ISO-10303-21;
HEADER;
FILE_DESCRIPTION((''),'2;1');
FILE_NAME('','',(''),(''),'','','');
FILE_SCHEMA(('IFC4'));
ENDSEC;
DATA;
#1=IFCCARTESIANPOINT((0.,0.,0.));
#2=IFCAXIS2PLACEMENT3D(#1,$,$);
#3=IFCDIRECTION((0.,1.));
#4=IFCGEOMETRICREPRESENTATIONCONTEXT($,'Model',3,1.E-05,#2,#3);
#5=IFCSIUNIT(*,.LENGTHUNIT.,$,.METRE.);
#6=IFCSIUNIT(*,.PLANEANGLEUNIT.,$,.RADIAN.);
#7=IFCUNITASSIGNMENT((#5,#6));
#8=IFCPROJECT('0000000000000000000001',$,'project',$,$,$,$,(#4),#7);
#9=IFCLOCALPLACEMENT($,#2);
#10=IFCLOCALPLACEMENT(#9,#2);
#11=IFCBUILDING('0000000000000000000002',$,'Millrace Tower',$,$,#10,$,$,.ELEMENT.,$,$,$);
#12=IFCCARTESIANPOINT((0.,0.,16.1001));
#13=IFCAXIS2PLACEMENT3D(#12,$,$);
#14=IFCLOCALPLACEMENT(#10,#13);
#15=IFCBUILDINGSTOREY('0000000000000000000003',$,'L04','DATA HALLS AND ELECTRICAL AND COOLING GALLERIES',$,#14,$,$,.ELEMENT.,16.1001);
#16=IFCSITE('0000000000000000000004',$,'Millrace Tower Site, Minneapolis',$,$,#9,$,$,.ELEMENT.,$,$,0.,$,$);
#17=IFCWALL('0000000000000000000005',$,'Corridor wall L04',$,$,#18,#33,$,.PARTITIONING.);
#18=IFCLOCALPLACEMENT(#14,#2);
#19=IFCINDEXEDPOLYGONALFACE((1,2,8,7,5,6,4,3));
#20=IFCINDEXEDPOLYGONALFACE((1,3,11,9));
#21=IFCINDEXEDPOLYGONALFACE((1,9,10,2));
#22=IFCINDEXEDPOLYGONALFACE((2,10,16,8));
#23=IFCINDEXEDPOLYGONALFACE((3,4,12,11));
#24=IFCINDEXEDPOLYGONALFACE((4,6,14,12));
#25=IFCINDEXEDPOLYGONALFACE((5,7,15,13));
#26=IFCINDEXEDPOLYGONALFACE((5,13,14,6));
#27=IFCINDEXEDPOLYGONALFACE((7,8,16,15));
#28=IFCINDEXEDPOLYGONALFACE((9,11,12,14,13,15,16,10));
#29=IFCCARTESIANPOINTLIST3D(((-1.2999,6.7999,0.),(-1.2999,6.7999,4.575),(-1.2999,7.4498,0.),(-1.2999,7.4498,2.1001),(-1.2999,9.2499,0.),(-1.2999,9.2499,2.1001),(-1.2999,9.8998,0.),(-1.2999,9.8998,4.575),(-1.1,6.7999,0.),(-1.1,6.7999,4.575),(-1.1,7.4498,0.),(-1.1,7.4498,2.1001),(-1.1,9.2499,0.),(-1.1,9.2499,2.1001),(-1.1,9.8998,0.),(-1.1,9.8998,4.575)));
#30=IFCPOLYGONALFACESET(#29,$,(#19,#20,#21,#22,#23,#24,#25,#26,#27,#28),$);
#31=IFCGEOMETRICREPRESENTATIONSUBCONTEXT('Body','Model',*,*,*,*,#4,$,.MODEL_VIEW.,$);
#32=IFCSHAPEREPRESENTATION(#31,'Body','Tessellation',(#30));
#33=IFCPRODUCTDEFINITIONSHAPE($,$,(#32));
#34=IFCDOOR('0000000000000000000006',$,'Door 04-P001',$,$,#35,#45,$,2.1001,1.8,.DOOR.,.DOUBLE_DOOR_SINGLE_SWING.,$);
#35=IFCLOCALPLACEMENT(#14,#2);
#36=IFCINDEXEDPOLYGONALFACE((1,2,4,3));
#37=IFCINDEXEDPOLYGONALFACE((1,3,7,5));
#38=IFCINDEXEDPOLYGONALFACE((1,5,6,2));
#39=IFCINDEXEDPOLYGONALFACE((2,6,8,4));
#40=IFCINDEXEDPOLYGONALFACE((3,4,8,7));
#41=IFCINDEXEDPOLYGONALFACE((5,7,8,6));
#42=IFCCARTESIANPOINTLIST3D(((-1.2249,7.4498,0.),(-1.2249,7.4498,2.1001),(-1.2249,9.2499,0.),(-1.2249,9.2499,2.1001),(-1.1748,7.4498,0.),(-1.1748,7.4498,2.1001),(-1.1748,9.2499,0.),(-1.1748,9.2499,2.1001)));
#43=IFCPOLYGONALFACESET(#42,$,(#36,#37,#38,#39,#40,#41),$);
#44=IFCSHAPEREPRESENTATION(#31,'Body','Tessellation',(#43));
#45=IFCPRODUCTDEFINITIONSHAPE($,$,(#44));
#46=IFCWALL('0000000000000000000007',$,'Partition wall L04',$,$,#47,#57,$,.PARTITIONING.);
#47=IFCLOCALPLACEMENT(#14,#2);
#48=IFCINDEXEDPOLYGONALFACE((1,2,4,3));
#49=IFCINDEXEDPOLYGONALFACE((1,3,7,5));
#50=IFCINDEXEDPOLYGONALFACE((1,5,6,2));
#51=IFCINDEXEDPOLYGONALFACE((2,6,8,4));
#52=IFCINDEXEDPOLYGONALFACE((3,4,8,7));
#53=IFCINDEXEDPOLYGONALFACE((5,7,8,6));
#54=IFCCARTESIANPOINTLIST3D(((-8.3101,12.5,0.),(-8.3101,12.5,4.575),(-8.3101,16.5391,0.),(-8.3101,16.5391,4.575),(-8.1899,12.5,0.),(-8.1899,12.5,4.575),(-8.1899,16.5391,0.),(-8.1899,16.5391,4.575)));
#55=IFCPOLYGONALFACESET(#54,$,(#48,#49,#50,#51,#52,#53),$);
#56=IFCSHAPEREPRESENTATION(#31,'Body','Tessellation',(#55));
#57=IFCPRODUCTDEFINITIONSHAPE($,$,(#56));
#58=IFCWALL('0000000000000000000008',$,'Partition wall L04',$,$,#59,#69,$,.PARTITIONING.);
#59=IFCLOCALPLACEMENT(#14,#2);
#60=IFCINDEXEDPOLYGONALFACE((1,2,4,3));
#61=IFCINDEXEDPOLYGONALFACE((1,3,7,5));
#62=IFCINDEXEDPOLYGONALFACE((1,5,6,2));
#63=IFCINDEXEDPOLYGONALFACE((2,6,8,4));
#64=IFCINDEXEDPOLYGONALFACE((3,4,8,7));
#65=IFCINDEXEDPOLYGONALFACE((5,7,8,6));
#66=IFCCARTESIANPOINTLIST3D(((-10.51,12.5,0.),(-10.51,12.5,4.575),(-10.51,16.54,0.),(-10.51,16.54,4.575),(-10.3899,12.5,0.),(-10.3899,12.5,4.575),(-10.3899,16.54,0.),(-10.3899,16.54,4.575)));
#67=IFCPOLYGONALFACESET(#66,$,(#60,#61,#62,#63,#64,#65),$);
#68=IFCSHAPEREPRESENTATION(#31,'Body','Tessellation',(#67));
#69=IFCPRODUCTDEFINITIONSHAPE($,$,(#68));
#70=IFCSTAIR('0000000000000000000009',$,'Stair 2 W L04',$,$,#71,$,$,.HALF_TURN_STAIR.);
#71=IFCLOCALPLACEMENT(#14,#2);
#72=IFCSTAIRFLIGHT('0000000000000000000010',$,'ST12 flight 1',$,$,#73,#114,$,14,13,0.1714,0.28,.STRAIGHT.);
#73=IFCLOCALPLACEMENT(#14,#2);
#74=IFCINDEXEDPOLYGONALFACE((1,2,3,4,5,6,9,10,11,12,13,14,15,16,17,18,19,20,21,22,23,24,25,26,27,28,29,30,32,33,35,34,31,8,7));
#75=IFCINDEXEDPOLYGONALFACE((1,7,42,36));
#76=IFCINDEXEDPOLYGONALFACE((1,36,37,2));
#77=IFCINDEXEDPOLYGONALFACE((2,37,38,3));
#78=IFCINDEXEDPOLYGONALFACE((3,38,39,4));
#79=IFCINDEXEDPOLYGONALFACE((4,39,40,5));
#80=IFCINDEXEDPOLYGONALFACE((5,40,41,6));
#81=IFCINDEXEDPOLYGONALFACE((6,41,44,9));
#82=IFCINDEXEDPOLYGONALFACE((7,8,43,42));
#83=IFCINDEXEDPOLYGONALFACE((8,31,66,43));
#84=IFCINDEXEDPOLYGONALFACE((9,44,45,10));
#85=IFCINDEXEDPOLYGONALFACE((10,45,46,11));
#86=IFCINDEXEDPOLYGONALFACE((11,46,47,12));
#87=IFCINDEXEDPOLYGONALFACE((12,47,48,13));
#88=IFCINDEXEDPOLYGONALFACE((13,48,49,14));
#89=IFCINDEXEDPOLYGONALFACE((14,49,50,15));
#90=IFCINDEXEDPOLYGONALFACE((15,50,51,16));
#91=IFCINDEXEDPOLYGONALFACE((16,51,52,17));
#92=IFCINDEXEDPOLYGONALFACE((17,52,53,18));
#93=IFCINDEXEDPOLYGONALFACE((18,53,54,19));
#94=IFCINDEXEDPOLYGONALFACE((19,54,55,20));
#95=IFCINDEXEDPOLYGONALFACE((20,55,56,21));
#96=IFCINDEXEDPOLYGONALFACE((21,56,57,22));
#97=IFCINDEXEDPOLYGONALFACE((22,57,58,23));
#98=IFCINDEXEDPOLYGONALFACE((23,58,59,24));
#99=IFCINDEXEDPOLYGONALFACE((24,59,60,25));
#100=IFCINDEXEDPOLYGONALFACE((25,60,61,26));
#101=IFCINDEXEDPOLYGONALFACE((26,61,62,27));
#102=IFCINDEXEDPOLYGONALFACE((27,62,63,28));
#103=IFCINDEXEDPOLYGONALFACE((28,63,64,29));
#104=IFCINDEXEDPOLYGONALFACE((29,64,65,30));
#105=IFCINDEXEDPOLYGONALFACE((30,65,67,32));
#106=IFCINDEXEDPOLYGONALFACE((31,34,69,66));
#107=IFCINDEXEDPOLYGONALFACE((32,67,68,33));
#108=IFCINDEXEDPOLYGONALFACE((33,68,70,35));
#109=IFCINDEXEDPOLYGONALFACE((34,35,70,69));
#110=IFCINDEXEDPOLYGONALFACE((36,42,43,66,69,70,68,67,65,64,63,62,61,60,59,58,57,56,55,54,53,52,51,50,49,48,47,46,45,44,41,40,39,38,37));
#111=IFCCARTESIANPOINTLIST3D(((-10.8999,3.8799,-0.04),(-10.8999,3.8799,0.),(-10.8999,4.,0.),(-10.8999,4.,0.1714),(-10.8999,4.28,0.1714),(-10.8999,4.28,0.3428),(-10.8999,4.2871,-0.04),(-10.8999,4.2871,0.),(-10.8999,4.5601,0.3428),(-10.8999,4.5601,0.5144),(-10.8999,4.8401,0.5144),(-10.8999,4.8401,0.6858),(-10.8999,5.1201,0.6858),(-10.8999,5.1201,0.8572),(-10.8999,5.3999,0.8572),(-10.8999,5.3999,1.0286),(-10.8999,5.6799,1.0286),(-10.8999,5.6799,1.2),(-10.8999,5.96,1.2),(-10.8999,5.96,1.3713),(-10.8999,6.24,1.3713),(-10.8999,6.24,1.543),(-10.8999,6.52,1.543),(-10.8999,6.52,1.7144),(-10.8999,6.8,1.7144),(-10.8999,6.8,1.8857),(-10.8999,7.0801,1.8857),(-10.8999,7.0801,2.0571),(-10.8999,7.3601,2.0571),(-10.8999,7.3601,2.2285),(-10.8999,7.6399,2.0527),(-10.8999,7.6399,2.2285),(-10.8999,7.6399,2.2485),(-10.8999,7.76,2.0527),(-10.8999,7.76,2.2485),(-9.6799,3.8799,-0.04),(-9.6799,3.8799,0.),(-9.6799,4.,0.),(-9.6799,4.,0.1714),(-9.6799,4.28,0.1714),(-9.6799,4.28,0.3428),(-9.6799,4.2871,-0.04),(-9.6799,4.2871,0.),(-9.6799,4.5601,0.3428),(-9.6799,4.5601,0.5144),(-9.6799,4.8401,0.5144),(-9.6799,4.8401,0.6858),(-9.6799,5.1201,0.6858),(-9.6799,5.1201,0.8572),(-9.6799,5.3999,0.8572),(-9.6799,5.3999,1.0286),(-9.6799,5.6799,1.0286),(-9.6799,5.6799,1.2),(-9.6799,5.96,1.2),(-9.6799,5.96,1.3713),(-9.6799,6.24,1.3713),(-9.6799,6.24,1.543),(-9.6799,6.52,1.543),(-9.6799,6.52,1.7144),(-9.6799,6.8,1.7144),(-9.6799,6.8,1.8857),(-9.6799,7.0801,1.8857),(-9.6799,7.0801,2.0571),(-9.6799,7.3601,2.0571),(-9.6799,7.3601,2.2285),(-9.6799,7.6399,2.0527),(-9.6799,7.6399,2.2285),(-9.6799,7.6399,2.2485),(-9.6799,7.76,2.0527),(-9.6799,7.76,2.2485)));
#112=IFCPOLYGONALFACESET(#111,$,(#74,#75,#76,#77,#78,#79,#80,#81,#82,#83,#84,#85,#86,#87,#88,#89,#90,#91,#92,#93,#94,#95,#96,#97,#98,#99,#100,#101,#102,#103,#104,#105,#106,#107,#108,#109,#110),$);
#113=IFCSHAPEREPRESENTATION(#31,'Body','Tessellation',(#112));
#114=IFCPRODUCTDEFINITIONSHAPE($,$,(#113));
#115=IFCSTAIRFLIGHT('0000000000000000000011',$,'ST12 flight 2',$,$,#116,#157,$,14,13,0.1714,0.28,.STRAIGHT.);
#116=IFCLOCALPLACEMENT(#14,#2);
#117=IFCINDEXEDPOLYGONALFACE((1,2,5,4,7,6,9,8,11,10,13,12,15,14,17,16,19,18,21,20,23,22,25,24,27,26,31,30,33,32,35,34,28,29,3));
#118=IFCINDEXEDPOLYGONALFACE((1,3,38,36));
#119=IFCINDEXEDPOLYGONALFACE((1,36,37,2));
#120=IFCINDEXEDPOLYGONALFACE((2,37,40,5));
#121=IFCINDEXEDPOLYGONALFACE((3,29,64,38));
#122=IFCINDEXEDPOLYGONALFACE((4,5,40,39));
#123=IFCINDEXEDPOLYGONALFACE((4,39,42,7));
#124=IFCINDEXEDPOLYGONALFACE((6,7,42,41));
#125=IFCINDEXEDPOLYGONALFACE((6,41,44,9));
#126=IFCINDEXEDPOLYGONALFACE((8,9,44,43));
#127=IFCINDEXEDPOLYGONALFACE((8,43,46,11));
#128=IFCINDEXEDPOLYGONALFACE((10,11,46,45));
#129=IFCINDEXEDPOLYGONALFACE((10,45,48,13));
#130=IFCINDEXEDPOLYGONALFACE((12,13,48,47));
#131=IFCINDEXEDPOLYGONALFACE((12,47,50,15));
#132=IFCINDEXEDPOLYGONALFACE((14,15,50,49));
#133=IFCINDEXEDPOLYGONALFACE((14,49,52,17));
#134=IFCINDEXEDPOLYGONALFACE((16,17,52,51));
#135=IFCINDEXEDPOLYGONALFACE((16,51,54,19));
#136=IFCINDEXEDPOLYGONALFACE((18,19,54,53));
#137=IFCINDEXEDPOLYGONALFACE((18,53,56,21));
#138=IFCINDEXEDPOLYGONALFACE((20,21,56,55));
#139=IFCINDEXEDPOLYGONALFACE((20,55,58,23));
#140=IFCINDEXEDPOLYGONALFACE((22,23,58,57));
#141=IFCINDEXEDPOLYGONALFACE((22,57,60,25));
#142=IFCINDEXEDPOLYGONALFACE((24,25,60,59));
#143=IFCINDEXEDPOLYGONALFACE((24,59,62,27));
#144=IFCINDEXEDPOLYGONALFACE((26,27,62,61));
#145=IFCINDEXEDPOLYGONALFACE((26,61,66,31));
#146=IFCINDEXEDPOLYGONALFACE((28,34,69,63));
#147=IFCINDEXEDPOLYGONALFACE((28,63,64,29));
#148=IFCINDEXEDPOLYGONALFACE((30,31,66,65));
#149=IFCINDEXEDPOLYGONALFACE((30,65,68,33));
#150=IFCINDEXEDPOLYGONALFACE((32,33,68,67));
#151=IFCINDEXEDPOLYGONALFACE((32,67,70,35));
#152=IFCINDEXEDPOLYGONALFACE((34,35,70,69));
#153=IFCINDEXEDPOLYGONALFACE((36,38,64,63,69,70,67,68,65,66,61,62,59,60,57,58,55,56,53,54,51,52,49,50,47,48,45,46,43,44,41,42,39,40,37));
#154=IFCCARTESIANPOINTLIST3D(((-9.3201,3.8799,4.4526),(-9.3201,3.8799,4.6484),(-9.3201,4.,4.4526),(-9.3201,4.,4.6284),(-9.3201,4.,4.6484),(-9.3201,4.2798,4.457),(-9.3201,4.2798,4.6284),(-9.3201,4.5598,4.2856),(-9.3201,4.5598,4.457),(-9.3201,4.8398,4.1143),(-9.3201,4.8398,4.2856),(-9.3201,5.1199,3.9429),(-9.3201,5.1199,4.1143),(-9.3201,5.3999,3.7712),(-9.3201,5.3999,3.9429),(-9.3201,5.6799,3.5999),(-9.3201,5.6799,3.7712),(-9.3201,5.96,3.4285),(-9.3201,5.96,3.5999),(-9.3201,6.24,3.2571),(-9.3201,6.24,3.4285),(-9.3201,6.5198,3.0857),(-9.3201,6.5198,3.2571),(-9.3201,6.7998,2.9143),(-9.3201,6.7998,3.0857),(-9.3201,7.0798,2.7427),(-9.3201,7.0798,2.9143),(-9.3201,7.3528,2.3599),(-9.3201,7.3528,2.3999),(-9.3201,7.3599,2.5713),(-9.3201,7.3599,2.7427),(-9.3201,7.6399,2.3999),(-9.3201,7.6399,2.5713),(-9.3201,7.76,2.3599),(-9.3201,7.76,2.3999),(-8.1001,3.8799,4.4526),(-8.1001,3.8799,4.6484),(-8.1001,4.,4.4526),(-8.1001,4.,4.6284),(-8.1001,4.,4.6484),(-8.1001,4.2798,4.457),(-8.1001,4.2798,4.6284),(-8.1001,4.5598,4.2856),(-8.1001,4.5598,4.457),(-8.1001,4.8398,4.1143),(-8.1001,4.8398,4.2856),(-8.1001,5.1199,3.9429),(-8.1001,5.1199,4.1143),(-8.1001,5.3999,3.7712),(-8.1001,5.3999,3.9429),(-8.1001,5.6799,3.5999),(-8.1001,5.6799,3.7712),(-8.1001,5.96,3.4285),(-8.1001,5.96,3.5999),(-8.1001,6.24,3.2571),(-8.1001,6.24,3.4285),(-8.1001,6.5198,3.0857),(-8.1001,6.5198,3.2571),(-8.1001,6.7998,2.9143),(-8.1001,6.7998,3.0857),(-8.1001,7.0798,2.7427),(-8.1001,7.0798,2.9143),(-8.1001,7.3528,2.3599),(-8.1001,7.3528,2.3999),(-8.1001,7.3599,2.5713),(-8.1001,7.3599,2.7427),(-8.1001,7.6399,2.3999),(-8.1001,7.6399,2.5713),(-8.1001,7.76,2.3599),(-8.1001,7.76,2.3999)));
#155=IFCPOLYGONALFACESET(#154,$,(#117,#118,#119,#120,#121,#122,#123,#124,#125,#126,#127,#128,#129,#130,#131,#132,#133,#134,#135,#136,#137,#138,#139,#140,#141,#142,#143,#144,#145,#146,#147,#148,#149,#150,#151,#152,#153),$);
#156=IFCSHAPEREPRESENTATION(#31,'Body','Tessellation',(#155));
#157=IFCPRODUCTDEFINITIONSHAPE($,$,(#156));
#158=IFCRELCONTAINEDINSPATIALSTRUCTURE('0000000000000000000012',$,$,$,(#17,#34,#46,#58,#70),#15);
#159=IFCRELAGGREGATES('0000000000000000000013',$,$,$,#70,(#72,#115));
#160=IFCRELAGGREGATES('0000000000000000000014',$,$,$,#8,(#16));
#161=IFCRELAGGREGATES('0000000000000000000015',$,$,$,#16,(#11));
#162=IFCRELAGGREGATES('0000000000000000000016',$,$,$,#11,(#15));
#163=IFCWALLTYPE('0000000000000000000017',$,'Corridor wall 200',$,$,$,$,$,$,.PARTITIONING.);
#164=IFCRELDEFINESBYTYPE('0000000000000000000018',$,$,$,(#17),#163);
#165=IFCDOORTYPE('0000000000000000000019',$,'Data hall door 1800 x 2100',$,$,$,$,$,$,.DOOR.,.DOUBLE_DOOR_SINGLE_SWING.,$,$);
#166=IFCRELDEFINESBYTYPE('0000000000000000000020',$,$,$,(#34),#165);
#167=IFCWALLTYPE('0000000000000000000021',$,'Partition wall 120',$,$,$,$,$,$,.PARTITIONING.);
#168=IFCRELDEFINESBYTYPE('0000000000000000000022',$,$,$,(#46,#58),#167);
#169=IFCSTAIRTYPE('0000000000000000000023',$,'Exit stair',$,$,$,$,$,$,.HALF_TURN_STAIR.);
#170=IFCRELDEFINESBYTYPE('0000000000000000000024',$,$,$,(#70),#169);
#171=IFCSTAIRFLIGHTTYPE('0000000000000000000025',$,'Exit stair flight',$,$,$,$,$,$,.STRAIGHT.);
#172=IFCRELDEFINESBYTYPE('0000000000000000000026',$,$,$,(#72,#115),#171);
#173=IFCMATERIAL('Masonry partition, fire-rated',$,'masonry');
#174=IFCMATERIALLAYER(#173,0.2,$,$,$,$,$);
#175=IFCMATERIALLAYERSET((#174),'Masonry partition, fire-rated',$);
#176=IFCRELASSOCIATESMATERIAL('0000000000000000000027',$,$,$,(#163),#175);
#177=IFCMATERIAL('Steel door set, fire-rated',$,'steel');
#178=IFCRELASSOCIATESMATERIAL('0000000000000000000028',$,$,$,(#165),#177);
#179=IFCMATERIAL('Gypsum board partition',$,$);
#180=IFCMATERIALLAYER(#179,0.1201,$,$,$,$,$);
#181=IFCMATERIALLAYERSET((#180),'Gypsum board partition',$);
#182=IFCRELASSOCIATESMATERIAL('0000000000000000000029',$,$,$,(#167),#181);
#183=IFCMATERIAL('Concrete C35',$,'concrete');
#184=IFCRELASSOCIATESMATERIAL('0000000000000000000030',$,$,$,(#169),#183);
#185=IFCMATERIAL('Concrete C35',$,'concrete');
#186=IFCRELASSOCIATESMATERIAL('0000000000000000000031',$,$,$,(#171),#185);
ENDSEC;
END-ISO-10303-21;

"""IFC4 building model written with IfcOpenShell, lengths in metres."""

from ifc_helpers import new_model, si_unit, direction, frame, frame_2d, origin, place, context, subcontext, project, spatial, polyline, rectangle, outline, extrude, material, layer, layer_set, type_object, element, fill, aggregate, save


model = new_model("IFC4")

# Units and contexts
model_context = context("Model", 3, precision=1e-05, world=origin(), true_north=direction((0.0, 1.0)))
body_context = subcontext(model_context, "Body", "Model", "MODEL_VIEW")
ifc_project = project(units=[si_unit("LENGTHUNIT", "METRE"), si_unit("PLANEANGLEUNIT", "RADIAN")], contexts=[model_context])

# Site, building, storey
site_placement = place(None, origin())
site = spatial("IfcSite", under=ifc_project, at=site_placement, Name="Millrace Tower Site, Minneapolis", CompositionType="ELEMENT", RefElevation=0.0)
building_placement = place(site_placement, origin())
building = spatial("IfcBuilding", under=site, at=building_placement, Name="Millrace Tower", CompositionType="ELEMENT")
storey_placement = place(building_placement, frame((0.0, 0.0, 16.1001)))
storey = spatial("IfcBuildingStorey", under=building, at=storey_placement, Name="L04", Description="DATA HALLS AND ELECTRICAL AND COOLING GALLERIES", CompositionType="ELEMENT", Elevation=16.1001)

# Shared definitions
placement = place(storey_placement, origin())

# Shared definitions
ifc_material_1 = material(Name="Masonry partition, fire-rated", Category="masonry")
ifc_layer_1 = layer(ifc_material_1, 0.2)
ifc_layer_set_1 = layer_set([ifc_layer_1], Name="Masonry partition, fire-rated")
wall_type_1 = type_object("IfcWallType", Name="Corridor wall 200", PredefinedType="PARTITIONING", material=ifc_layer_set_1)

# Wall, opening, door
wall_1_placement = place(storey_placement, frame((-1.2, 6.8, 0.0), z_axis=(0.0, 0.0, 1.0), x_axis=(0.0, 1.0, 0.0)))
wall_1 = element("IfcWall", 1, at=wall_1_placement, inside=storey, type_object=wall_type_1, Name="Corridor wall L04", PredefinedType="PARTITIONING", context=body_context, shape_type="SweptSolid", body=[
    extrude(rectangle(XDim=3.0999, YDim=0.2, at=frame_2d((1.5498, 0.0))), origin(), (0.0, 0.0, 1.0), 4.575),
])
opening_placement = place(wall_1_placement, frame((0.6499, 0.0, 0.0)))
opening = element("IfcOpeningElement", 2, at=opening_placement, cuts=wall_1, PredefinedType="OPENING", context=body_context, shape_type="SweptSolid", body=[
    extrude(rectangle(XDim=1.8, YDim=2.1001, at=frame_2d((0.8999, 1.05))), frame((0.0, 0.1099, 0.0), z_axis=(0.0, -1.0, 0.0), x_axis=(1.0, 0.0, 0.0)), (0.0, 0.0, 1.0), 0.22),
])
ifc_material_2 = material(Name="Steel door set, fire-rated", Category="steel")
door_type = type_object("IfcDoorType", Name="Data hall door 1800 x 2100", OperationType="DOUBLE_DOOR_SINGLE_SWING", PredefinedType="DOOR", material=ifc_material_2)
door_placement = place(opening_placement, origin())
door = element("IfcDoor", 3, at=door_placement, inside=storey, type_object=door_type, Name="Door 04-P001", OperationType="DOUBLE_DOOR_SINGLE_SWING", OverallHeight=2.1001, OverallWidth=1.8, PredefinedType="DOOR", context=body_context, shape_type="SweptSolid", body=[
    extrude(rectangle(XDim=1.8, YDim=2.1001, at=frame_2d((0.8999, 1.05))), frame((0.0, 0.0249, 0.0), z_axis=(0.0, -1.0, 0.0), x_axis=(1.0, 0.0, 0.0)), (0.0, 0.0, 1.0), 0.05),
])
fill(opening, door)

# Walls
ifc_material_3 = material(Name="Gypsum board partition")
ifc_layer_2 = layer(ifc_material_3, 0.1201)
ifc_layer_set_2 = layer_set([ifc_layer_2], Name="Gypsum board partition")
wall_type_2 = type_object("IfcWallType", Name="Partition wall 120", PredefinedType="PARTITIONING", material=ifc_layer_set_2)
wall_2_placement = place(storey_placement, frame((-8.25, 12.5, 0.0), z_axis=(0.0, 0.0, 1.0), x_axis=(0.0, 1.0, 0.0)))
element("IfcWall", 4, at=wall_2_placement, inside=storey, type_object=wall_type_2, Name="Partition wall L04", PredefinedType="PARTITIONING", context=body_context, shape_type="SweptSolid", body=[
    extrude(rectangle(XDim=4.0391, YDim=0.1201, at=frame_2d((2.0195, 0.0))), origin(), (0.0, 0.0, 1.0), 4.575),
])
wall_3_placement = place(storey_placement, frame((-10.45, 12.5, 0.0), z_axis=(0.0, 0.0, 1.0), x_axis=(0.0, 1.0, 0.0)))
element("IfcWall", 5, at=wall_3_placement, inside=storey, type_object=wall_type_2, Name="Partition wall L04", PredefinedType="PARTITIONING", context=body_context, shape_type="SweptSolid", body=[
    extrude(rectangle(XDim=4.04, YDim=0.1201, at=frame_2d((2.02, 0.0))), origin(), (0.0, 0.0, 1.0), 4.575),
])

# Stair, stair flights
ifc_material_4 = material(Name="Concrete C35", Category="concrete")
stair_type = type_object("IfcStairType", Name="Exit stair", PredefinedType="HALF_TURN_STAIR", material=ifc_material_4)
stair_1 = element("IfcStair", 6, at=placement, inside=storey, type_object=stair_type, Name="Stair 2 W L04", PredefinedType="HALF_TURN_STAIR")
ifc_material_5 = material(Name="Concrete C35", Category="concrete")
stair_flight_type = type_object("IfcStairFlightType", Name="Exit stair flight", PredefinedType="STRAIGHT", material=ifc_material_5)
stair_flight_1_placement = place(storey_placement, frame((-10.29, 4.0, 0.0), z_axis=(0.0, 0.0, 1.0), x_axis=(0.0, 1.0, 0.0)))
stair_flight_1 = element("IfcStairFlight", 7, at=stair_flight_1_placement, type_object=stair_flight_type, Name="ST12 flight 1", NumberOfRisers=14, NumberOfTreads=13, PredefinedType="STRAIGHT", RiserHeight=0.1714, TreadLength=0.28, context=body_context, shape_type="SweptSolid", body=[
    extrude(outline(polyline([(-0.1201, -0.04), (-0.1201, 0.0), (0.0, 0.0), (0.0, 0.1714), (0.28, 0.1714), (0.28, 0.3428), (0.5601, 0.3428), (0.5601, 0.5144), (0.8401, 0.5144), (0.8401, 0.6858), (1.1201, 0.6858), (1.1201, 0.8572), (1.3999, 0.8572), (1.3999, 1.0286), (1.6799, 1.0286), (1.6799, 1.2), (1.96, 1.2), (1.96, 1.3713), (2.24, 1.3713), (2.24, 1.543), (2.52, 1.543), (2.52, 1.7144), (2.8, 1.7144), (2.8, 1.8857), (3.0801, 1.8857), (3.0801, 2.0571), (3.3601, 2.0571), (3.3601, 2.2285), (3.6399, 2.2285), (3.6399, 2.2485), (3.76, 2.2485), (3.76, 2.0527), (3.6399, 2.0527), (0.2871, 0.0), (0.2871, -0.04), (-0.1201, -0.04)])), frame((0.0, 0.6099, 0.0), z_axis=(0.0, -1.0, 0.0), x_axis=(1.0, 0.0, 0.0)), (0.0, 0.0, 1.0), 1.22),
])
stair_flight_2_placement = place(storey_placement, frame((-8.71, 7.6399, 2.3999), z_axis=(0.0, 0.0, 1.0), x_axis=(0.0, -1.0, 0.0)))
stair_flight_2 = element("IfcStairFlight", 8, at=stair_flight_2_placement, type_object=stair_flight_type, Name="ST12 flight 2", NumberOfRisers=14, NumberOfTreads=13, PredefinedType="STRAIGHT", RiserHeight=0.1714, TreadLength=0.28, context=body_context, shape_type="SweptSolid", body=[
    extrude(outline(polyline([(-0.1201, -0.04), (-0.1201, 0.0), (0.0, 0.0), (0.0, 0.1714), (0.28, 0.1714), (0.28, 0.3428), (0.5601, 0.3428), (0.5601, 0.5144), (0.8401, 0.5144), (0.8401, 0.6858), (1.1201, 0.6858), (1.1201, 0.8572), (1.3999, 0.8572), (1.3999, 1.0286), (1.6799, 1.0286), (1.6799, 1.2), (1.96, 1.2), (1.96, 1.3713), (2.24, 1.3713), (2.24, 1.543), (2.52, 1.543), (2.52, 1.7144), (2.8, 1.7144), (2.8, 1.8857), (3.0801, 1.8857), (3.0801, 2.0571), (3.3601, 2.0571), (3.3601, 2.2285), (3.6399, 2.2285), (3.6399, 2.2485), (3.76, 2.2485), (3.76, 2.0527), (3.6399, 2.0527), (0.2871, 0.0), (0.2871, -0.04), (-0.1201, -0.04)])), frame((0.0, 0.6099, 0.0), z_axis=(0.0, -1.0, 0.0), x_axis=(1.0, 0.0, 0.0)), (0.0, 0.0, 1.0), 1.22),
])
aggregate(stair_1, [stair_flight_1, stair_flight_2])

save(model, "model.ifc")
